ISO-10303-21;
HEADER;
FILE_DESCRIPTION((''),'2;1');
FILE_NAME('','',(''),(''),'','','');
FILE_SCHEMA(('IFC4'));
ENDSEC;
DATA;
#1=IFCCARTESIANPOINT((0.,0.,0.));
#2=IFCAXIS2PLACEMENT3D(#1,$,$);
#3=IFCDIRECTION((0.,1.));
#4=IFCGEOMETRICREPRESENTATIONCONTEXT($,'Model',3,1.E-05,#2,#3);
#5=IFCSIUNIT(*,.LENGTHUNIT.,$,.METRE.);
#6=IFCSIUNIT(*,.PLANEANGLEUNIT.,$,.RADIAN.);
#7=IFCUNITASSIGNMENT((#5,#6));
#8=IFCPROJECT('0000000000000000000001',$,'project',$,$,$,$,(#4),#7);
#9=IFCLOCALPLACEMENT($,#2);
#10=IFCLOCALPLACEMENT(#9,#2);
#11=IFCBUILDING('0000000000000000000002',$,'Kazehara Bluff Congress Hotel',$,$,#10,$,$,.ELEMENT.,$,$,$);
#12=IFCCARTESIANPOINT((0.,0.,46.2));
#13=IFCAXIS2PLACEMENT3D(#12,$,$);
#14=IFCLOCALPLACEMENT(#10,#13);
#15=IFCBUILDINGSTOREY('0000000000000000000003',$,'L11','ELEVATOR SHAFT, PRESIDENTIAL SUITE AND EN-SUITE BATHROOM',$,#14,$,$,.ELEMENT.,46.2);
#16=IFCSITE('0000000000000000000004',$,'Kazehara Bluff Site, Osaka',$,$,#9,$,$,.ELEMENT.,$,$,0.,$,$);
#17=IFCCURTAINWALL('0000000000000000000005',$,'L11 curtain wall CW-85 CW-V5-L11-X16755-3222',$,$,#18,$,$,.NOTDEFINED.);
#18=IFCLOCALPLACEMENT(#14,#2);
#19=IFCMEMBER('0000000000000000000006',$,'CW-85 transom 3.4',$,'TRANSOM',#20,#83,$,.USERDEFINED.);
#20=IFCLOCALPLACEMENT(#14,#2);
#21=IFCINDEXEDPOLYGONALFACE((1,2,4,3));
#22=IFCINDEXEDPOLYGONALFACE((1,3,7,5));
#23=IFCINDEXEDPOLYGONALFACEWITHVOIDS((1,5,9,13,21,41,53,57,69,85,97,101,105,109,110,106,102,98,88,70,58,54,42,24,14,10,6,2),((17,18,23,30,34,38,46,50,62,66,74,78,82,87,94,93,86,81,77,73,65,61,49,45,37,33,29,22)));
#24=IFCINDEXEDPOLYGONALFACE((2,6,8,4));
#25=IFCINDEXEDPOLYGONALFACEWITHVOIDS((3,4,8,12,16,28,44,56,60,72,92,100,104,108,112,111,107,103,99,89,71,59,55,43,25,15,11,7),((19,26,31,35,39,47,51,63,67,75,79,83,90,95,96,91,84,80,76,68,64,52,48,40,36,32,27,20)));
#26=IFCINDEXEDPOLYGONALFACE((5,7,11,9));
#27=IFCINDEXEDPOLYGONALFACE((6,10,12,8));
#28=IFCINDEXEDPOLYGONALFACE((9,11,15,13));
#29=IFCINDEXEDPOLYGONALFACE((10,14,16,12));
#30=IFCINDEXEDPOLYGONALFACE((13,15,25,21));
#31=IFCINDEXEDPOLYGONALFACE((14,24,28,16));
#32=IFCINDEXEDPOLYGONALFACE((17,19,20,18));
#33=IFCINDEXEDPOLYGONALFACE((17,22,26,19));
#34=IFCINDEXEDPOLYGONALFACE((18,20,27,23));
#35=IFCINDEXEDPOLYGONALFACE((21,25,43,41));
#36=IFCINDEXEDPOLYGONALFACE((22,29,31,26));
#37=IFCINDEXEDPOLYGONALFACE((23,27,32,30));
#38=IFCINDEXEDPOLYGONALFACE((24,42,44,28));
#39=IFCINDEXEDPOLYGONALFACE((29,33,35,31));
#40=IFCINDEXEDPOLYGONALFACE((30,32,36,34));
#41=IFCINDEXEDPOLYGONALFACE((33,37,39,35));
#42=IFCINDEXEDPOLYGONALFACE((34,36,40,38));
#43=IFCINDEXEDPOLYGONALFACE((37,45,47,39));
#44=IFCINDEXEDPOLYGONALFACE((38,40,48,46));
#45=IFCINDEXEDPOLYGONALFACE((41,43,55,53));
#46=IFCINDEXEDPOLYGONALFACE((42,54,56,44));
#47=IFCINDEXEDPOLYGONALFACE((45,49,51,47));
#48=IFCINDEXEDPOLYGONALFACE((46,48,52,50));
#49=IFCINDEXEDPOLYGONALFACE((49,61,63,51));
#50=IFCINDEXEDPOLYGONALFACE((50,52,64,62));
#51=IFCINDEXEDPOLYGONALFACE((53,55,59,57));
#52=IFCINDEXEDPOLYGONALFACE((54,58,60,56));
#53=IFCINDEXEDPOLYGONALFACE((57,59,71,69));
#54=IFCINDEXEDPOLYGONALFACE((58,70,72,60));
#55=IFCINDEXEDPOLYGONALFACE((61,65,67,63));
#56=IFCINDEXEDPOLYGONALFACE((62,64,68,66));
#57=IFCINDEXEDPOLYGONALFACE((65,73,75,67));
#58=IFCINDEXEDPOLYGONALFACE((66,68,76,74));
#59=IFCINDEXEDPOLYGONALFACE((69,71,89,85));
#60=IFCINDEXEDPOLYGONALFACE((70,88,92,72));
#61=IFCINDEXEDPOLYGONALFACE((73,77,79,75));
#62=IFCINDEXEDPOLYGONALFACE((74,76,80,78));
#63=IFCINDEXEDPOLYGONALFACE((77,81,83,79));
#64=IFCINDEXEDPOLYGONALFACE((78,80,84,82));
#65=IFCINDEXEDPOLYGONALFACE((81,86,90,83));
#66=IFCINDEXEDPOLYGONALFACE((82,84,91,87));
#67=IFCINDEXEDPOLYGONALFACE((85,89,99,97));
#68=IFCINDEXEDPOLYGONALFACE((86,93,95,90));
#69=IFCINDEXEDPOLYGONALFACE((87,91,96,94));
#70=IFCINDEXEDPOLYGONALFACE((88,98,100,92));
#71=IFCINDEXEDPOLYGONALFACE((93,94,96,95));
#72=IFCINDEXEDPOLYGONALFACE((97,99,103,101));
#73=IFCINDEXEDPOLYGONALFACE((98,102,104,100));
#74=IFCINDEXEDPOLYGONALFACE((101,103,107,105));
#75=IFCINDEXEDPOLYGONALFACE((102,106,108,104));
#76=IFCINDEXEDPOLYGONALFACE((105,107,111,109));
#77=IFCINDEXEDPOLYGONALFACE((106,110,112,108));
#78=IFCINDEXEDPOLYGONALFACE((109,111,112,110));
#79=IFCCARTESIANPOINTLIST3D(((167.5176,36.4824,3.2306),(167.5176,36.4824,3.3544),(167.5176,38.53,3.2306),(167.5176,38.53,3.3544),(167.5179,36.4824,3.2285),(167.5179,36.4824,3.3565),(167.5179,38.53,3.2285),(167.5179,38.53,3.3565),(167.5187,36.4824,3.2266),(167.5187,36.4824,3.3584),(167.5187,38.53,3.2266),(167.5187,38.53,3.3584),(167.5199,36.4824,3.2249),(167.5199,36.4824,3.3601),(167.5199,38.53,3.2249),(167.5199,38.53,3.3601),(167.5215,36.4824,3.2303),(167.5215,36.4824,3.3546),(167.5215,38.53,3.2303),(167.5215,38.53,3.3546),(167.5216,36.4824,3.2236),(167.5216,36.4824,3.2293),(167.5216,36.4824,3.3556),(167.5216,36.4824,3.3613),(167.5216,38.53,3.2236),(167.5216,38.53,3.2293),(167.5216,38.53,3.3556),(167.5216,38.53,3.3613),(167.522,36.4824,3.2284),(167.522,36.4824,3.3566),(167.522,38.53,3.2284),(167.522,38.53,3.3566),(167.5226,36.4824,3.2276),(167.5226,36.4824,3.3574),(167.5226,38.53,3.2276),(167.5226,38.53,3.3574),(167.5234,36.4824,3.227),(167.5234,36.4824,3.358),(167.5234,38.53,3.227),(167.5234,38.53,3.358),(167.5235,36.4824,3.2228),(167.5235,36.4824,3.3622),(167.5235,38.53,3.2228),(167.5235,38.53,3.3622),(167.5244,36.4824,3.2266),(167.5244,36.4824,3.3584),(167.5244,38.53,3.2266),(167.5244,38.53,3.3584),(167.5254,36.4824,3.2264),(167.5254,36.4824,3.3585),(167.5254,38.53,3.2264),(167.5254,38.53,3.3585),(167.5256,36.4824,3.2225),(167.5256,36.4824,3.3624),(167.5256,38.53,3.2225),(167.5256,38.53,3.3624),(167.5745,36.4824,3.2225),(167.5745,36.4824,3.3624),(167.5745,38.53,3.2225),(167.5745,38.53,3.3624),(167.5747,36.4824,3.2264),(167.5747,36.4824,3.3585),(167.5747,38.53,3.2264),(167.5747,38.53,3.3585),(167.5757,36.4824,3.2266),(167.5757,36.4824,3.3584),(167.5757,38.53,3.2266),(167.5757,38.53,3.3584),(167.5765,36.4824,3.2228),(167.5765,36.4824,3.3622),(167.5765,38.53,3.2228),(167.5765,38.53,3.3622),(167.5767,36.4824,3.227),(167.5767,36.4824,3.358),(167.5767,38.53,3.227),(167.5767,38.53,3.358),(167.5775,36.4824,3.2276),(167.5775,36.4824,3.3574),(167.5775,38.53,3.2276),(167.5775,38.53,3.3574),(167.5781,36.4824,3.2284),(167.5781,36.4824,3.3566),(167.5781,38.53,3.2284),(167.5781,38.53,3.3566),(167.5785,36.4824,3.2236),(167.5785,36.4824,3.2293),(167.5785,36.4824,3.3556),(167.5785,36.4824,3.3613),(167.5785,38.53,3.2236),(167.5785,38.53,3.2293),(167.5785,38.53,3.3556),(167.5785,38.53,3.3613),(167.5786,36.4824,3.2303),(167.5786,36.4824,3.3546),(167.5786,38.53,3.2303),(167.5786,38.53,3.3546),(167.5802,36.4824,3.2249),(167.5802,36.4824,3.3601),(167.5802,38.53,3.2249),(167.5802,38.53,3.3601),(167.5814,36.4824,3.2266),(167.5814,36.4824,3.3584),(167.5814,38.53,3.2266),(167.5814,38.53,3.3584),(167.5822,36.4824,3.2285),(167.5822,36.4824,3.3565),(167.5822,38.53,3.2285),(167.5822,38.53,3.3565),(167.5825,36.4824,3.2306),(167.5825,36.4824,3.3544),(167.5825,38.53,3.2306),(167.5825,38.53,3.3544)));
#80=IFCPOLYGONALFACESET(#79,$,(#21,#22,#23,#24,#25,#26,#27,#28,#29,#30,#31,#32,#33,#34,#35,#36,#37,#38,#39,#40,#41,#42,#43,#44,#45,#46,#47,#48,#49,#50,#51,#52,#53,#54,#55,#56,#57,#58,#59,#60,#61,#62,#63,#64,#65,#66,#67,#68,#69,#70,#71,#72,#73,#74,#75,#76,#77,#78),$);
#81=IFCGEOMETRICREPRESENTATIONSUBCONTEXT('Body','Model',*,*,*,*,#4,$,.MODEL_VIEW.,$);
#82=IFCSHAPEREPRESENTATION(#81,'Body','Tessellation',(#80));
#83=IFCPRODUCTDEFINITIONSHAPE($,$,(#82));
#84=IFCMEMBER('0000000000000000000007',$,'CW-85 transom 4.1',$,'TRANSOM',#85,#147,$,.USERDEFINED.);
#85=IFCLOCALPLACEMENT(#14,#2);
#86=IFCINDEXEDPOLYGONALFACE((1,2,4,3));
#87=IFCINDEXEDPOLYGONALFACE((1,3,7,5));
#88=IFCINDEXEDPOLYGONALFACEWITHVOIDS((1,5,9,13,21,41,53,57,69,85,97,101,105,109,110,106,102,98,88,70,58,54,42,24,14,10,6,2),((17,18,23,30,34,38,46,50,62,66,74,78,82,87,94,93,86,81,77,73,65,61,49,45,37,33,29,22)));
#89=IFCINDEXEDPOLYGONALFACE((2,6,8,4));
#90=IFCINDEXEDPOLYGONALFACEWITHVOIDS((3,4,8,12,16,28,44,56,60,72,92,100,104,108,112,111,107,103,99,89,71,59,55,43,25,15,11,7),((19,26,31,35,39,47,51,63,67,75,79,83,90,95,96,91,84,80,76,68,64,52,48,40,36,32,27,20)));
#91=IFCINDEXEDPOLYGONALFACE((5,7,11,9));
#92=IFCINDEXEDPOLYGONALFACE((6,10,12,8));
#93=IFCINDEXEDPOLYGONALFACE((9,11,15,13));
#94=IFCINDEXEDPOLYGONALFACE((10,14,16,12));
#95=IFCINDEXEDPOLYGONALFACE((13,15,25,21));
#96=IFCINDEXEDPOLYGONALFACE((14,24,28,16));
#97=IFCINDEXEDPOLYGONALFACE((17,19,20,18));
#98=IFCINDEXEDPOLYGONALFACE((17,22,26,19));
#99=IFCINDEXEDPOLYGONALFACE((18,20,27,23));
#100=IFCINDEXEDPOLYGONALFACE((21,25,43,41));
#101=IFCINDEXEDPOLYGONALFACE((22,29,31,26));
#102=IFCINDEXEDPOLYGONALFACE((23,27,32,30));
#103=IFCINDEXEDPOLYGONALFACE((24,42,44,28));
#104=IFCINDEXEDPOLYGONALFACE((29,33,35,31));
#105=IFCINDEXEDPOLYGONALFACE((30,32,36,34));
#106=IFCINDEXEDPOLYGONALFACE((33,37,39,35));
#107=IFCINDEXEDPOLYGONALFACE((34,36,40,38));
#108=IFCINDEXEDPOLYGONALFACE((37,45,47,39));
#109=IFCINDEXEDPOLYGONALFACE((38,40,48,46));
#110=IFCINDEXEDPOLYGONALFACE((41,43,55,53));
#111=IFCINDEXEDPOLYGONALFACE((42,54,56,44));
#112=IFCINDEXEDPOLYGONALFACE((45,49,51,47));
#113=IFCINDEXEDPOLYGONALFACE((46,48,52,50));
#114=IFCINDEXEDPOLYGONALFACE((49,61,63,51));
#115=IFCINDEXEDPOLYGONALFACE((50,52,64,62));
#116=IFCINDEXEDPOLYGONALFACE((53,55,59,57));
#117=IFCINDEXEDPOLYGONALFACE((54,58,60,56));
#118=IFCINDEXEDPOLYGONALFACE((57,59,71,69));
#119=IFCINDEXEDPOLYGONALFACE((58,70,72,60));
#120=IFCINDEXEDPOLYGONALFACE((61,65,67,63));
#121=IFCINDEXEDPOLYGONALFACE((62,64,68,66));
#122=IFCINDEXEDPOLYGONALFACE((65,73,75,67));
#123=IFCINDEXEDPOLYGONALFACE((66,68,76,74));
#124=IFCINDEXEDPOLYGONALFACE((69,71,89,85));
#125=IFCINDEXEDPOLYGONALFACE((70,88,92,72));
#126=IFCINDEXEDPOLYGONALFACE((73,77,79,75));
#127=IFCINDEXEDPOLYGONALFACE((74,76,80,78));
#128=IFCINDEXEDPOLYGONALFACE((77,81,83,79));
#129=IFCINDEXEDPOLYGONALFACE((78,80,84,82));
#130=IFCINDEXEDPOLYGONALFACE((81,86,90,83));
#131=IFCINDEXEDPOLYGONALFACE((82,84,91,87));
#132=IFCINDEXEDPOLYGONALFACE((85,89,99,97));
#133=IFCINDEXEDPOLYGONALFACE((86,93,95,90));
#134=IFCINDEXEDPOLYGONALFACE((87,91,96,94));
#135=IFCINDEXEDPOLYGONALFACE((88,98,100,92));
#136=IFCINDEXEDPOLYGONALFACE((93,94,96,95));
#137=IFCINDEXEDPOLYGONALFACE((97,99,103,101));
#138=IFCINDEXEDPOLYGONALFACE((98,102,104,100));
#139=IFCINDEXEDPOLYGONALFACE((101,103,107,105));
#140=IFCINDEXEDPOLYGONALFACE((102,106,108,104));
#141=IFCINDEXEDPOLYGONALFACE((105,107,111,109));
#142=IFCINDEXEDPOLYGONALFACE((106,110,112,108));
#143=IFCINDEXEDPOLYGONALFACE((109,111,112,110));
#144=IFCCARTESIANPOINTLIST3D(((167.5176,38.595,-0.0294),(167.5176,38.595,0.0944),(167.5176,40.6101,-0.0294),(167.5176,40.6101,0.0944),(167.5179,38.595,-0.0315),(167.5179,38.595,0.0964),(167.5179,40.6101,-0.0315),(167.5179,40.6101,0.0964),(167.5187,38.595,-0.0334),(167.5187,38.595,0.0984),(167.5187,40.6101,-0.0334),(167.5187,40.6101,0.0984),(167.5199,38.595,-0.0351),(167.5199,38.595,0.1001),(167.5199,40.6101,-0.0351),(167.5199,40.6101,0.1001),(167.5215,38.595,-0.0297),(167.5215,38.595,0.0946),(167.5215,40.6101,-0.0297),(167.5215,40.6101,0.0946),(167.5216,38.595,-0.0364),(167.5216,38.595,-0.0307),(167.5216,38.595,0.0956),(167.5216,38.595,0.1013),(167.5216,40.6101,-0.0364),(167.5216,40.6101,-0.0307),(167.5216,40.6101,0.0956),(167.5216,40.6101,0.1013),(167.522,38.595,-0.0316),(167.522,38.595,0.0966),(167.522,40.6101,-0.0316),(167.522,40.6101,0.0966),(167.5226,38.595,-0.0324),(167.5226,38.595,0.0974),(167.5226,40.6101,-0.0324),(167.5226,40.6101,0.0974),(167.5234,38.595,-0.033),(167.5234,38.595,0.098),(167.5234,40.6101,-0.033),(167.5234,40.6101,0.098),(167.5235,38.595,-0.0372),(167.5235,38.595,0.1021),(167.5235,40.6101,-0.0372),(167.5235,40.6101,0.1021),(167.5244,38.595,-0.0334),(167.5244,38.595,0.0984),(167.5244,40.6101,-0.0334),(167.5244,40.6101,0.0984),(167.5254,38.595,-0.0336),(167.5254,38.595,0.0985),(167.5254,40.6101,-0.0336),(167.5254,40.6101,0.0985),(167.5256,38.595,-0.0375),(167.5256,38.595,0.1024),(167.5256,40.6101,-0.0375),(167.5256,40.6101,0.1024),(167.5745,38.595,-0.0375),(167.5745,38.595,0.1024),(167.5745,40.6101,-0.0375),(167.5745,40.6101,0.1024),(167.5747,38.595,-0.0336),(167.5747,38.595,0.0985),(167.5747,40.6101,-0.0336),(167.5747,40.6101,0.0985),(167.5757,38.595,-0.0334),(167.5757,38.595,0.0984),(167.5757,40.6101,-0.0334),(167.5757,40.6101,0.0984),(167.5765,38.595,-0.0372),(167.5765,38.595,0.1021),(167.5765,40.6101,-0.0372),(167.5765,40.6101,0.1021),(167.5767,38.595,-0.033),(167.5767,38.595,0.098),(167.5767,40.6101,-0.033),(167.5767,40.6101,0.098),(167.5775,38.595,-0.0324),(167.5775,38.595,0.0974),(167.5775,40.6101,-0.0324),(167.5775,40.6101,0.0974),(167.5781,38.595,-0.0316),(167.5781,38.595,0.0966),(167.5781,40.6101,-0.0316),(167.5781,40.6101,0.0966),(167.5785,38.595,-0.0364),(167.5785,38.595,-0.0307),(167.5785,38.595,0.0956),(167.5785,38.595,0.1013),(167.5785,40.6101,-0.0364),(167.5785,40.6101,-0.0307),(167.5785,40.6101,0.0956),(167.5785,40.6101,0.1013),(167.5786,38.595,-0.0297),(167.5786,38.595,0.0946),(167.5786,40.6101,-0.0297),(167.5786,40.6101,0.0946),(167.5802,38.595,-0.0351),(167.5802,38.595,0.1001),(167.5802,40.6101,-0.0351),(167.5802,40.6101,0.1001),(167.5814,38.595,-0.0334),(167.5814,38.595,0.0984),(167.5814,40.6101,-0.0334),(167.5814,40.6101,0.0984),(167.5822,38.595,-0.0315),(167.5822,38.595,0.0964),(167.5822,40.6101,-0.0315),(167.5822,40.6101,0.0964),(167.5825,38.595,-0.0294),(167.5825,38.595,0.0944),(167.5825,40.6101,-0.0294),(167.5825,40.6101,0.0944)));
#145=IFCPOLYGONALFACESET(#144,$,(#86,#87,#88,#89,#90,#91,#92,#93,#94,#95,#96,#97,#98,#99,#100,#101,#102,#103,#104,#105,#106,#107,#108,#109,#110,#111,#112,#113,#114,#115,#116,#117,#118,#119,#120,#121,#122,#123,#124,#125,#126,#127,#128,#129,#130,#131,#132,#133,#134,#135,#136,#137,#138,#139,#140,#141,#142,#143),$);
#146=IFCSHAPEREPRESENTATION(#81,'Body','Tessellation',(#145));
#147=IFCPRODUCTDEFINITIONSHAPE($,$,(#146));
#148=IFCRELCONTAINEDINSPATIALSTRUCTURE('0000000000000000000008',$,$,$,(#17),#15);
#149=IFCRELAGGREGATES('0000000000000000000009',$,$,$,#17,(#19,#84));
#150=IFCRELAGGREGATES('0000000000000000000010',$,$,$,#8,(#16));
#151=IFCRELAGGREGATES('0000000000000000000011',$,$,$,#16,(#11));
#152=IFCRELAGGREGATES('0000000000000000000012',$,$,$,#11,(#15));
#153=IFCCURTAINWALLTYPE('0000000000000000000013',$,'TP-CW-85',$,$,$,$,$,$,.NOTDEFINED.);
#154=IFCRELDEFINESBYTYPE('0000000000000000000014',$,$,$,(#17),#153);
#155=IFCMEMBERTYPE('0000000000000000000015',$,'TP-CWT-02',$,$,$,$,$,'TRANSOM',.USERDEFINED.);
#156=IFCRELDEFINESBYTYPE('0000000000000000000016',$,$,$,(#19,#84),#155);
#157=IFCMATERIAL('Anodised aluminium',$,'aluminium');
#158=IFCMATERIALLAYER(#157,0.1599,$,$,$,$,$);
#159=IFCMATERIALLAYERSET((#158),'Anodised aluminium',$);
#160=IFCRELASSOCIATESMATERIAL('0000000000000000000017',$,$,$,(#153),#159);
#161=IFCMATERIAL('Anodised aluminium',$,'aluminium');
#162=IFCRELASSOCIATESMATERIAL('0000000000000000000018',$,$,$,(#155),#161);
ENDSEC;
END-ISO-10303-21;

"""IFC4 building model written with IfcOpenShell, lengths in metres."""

from ifc_helpers import new_model, si_unit, direction, frame, origin, origin_2d, place, context, subcontext, project, spatial, hollow_rectangle, extrude, material, layer, layer_set, material_profile, profile_set, type_object, element, aggregate, save


model = new_model("IFC4")

# Units and contexts
model_context = context("Model", 3, precision=1e-05, world=origin(), true_north=direction((0.0, 1.0)))
body_context = subcontext(model_context, "Body", "Model", "MODEL_VIEW")
ifc_project = project(units=[si_unit("LENGTHUNIT", "METRE"), si_unit("PLANEANGLEUNIT", "RADIAN")], contexts=[model_context])

# Site, building, storey
site_placement = place(None, origin())
site = spatial("IfcSite", under=ifc_project, at=site_placement, Name="Kazehara Bluff Site, Osaka", CompositionType="ELEMENT", RefElevation=0.0)
building_placement = place(site_placement, origin())
building = spatial("IfcBuilding", under=site, at=building_placement, Name="Kazehara Bluff Congress Hotel", CompositionType="ELEMENT")
storey_placement = place(building_placement, frame((0.0, 0.0, 46.2)))
storey = spatial("IfcBuildingStorey", under=building, at=storey_placement, Name="L11", Description="ELEVATOR SHAFT, PRESIDENTIAL SUITE AND EN-SUITE BATHROOM", CompositionType="ELEMENT", Elevation=46.2)

# Curtain wall, members
ifc_material_1 = material(Name="Anodised aluminium", Category="aluminium")
ifc_layer_1 = layer(ifc_material_1, 0.1599)
ifc_layer_set_1 = layer_set([ifc_layer_1], Name="Anodised aluminium")
curtain_wall_type = type_object("IfcCurtainWallType", Name="TP-CW-85", PredefinedType="NOTDEFINED", material=ifc_layer_set_1)
curtain_wall_placement = place(storey_placement, origin())
curtain_wall = element("IfcCurtainWall", 1, at=curtain_wall_placement, inside=storey, type_object=curtain_wall_type, Name="L11 curtain wall CW-85 CW-V5-L11-X16755-3222", PredefinedType="NOTDEFINED")
ifc_material_2 = material(Name="Anodised aluminium", Category="aluminium")
ifc_material_profile_1 = material_profile(ifc_material_2, hollow_rectangle(XDim=0.0649, YDim=0.1399, WallThickness=0.0039, InnerFilletRadius=0.0039, OuterFilletRadius=0.0081, at=origin_2d()))
ifc_profile_set_1 = profile_set([ifc_material_profile_1], Name="Anodised aluminium")
member_type_1 = type_object("IfcMemberType", Name="TP-CWT-02", ElementType="TRANSOM", PredefinedType="USERDEFINED", material=ifc_profile_set_1)
member_1_placement = place(storey_placement, frame((167.55, 36.4824, 3.2925), z_axis=(0.0, 1.0, 0.0), x_axis=(-1.0, 0.0, 0.0)))
member_1 = element("IfcMember", 2, at=member_1_placement, type_object=member_type_1, Name="CW-85 transom 3.4", ObjectType="TRANSOM", PredefinedType="USERDEFINED", context=body_context, shape_type="SweptSolid", body=[
    extrude(hollow_rectangle(XDim=0.0649, YDim=0.1399, WallThickness=0.0039, InnerFilletRadius=0.0039, OuterFilletRadius=0.0081, at=origin_2d()), origin(), (0.0, 0.0, 1.0), 2.0476),
])
member_2_placement = place(storey_placement, frame((167.55, 38.595, 0.0325), z_axis=(0.0, 1.0, 0.0), x_axis=(-1.0, 0.0, 0.0)))
member_2 = element("IfcMember", 3, at=member_2_placement, type_object=member_type_1, Name="CW-85 transom 4.1", ObjectType="TRANSOM", PredefinedType="USERDEFINED", context=body_context, shape_type="SweptSolid", body=[
    extrude(hollow_rectangle(XDim=0.0649, YDim=0.1399, WallThickness=0.0039, InnerFilletRadius=0.0039, OuterFilletRadius=0.0081, at=origin_2d()), origin(), (0.0, 0.0, 1.0), 2.0151),
])

aggregate(curtain_wall, [member_1, member_2])

save(model, "model.ifc")
